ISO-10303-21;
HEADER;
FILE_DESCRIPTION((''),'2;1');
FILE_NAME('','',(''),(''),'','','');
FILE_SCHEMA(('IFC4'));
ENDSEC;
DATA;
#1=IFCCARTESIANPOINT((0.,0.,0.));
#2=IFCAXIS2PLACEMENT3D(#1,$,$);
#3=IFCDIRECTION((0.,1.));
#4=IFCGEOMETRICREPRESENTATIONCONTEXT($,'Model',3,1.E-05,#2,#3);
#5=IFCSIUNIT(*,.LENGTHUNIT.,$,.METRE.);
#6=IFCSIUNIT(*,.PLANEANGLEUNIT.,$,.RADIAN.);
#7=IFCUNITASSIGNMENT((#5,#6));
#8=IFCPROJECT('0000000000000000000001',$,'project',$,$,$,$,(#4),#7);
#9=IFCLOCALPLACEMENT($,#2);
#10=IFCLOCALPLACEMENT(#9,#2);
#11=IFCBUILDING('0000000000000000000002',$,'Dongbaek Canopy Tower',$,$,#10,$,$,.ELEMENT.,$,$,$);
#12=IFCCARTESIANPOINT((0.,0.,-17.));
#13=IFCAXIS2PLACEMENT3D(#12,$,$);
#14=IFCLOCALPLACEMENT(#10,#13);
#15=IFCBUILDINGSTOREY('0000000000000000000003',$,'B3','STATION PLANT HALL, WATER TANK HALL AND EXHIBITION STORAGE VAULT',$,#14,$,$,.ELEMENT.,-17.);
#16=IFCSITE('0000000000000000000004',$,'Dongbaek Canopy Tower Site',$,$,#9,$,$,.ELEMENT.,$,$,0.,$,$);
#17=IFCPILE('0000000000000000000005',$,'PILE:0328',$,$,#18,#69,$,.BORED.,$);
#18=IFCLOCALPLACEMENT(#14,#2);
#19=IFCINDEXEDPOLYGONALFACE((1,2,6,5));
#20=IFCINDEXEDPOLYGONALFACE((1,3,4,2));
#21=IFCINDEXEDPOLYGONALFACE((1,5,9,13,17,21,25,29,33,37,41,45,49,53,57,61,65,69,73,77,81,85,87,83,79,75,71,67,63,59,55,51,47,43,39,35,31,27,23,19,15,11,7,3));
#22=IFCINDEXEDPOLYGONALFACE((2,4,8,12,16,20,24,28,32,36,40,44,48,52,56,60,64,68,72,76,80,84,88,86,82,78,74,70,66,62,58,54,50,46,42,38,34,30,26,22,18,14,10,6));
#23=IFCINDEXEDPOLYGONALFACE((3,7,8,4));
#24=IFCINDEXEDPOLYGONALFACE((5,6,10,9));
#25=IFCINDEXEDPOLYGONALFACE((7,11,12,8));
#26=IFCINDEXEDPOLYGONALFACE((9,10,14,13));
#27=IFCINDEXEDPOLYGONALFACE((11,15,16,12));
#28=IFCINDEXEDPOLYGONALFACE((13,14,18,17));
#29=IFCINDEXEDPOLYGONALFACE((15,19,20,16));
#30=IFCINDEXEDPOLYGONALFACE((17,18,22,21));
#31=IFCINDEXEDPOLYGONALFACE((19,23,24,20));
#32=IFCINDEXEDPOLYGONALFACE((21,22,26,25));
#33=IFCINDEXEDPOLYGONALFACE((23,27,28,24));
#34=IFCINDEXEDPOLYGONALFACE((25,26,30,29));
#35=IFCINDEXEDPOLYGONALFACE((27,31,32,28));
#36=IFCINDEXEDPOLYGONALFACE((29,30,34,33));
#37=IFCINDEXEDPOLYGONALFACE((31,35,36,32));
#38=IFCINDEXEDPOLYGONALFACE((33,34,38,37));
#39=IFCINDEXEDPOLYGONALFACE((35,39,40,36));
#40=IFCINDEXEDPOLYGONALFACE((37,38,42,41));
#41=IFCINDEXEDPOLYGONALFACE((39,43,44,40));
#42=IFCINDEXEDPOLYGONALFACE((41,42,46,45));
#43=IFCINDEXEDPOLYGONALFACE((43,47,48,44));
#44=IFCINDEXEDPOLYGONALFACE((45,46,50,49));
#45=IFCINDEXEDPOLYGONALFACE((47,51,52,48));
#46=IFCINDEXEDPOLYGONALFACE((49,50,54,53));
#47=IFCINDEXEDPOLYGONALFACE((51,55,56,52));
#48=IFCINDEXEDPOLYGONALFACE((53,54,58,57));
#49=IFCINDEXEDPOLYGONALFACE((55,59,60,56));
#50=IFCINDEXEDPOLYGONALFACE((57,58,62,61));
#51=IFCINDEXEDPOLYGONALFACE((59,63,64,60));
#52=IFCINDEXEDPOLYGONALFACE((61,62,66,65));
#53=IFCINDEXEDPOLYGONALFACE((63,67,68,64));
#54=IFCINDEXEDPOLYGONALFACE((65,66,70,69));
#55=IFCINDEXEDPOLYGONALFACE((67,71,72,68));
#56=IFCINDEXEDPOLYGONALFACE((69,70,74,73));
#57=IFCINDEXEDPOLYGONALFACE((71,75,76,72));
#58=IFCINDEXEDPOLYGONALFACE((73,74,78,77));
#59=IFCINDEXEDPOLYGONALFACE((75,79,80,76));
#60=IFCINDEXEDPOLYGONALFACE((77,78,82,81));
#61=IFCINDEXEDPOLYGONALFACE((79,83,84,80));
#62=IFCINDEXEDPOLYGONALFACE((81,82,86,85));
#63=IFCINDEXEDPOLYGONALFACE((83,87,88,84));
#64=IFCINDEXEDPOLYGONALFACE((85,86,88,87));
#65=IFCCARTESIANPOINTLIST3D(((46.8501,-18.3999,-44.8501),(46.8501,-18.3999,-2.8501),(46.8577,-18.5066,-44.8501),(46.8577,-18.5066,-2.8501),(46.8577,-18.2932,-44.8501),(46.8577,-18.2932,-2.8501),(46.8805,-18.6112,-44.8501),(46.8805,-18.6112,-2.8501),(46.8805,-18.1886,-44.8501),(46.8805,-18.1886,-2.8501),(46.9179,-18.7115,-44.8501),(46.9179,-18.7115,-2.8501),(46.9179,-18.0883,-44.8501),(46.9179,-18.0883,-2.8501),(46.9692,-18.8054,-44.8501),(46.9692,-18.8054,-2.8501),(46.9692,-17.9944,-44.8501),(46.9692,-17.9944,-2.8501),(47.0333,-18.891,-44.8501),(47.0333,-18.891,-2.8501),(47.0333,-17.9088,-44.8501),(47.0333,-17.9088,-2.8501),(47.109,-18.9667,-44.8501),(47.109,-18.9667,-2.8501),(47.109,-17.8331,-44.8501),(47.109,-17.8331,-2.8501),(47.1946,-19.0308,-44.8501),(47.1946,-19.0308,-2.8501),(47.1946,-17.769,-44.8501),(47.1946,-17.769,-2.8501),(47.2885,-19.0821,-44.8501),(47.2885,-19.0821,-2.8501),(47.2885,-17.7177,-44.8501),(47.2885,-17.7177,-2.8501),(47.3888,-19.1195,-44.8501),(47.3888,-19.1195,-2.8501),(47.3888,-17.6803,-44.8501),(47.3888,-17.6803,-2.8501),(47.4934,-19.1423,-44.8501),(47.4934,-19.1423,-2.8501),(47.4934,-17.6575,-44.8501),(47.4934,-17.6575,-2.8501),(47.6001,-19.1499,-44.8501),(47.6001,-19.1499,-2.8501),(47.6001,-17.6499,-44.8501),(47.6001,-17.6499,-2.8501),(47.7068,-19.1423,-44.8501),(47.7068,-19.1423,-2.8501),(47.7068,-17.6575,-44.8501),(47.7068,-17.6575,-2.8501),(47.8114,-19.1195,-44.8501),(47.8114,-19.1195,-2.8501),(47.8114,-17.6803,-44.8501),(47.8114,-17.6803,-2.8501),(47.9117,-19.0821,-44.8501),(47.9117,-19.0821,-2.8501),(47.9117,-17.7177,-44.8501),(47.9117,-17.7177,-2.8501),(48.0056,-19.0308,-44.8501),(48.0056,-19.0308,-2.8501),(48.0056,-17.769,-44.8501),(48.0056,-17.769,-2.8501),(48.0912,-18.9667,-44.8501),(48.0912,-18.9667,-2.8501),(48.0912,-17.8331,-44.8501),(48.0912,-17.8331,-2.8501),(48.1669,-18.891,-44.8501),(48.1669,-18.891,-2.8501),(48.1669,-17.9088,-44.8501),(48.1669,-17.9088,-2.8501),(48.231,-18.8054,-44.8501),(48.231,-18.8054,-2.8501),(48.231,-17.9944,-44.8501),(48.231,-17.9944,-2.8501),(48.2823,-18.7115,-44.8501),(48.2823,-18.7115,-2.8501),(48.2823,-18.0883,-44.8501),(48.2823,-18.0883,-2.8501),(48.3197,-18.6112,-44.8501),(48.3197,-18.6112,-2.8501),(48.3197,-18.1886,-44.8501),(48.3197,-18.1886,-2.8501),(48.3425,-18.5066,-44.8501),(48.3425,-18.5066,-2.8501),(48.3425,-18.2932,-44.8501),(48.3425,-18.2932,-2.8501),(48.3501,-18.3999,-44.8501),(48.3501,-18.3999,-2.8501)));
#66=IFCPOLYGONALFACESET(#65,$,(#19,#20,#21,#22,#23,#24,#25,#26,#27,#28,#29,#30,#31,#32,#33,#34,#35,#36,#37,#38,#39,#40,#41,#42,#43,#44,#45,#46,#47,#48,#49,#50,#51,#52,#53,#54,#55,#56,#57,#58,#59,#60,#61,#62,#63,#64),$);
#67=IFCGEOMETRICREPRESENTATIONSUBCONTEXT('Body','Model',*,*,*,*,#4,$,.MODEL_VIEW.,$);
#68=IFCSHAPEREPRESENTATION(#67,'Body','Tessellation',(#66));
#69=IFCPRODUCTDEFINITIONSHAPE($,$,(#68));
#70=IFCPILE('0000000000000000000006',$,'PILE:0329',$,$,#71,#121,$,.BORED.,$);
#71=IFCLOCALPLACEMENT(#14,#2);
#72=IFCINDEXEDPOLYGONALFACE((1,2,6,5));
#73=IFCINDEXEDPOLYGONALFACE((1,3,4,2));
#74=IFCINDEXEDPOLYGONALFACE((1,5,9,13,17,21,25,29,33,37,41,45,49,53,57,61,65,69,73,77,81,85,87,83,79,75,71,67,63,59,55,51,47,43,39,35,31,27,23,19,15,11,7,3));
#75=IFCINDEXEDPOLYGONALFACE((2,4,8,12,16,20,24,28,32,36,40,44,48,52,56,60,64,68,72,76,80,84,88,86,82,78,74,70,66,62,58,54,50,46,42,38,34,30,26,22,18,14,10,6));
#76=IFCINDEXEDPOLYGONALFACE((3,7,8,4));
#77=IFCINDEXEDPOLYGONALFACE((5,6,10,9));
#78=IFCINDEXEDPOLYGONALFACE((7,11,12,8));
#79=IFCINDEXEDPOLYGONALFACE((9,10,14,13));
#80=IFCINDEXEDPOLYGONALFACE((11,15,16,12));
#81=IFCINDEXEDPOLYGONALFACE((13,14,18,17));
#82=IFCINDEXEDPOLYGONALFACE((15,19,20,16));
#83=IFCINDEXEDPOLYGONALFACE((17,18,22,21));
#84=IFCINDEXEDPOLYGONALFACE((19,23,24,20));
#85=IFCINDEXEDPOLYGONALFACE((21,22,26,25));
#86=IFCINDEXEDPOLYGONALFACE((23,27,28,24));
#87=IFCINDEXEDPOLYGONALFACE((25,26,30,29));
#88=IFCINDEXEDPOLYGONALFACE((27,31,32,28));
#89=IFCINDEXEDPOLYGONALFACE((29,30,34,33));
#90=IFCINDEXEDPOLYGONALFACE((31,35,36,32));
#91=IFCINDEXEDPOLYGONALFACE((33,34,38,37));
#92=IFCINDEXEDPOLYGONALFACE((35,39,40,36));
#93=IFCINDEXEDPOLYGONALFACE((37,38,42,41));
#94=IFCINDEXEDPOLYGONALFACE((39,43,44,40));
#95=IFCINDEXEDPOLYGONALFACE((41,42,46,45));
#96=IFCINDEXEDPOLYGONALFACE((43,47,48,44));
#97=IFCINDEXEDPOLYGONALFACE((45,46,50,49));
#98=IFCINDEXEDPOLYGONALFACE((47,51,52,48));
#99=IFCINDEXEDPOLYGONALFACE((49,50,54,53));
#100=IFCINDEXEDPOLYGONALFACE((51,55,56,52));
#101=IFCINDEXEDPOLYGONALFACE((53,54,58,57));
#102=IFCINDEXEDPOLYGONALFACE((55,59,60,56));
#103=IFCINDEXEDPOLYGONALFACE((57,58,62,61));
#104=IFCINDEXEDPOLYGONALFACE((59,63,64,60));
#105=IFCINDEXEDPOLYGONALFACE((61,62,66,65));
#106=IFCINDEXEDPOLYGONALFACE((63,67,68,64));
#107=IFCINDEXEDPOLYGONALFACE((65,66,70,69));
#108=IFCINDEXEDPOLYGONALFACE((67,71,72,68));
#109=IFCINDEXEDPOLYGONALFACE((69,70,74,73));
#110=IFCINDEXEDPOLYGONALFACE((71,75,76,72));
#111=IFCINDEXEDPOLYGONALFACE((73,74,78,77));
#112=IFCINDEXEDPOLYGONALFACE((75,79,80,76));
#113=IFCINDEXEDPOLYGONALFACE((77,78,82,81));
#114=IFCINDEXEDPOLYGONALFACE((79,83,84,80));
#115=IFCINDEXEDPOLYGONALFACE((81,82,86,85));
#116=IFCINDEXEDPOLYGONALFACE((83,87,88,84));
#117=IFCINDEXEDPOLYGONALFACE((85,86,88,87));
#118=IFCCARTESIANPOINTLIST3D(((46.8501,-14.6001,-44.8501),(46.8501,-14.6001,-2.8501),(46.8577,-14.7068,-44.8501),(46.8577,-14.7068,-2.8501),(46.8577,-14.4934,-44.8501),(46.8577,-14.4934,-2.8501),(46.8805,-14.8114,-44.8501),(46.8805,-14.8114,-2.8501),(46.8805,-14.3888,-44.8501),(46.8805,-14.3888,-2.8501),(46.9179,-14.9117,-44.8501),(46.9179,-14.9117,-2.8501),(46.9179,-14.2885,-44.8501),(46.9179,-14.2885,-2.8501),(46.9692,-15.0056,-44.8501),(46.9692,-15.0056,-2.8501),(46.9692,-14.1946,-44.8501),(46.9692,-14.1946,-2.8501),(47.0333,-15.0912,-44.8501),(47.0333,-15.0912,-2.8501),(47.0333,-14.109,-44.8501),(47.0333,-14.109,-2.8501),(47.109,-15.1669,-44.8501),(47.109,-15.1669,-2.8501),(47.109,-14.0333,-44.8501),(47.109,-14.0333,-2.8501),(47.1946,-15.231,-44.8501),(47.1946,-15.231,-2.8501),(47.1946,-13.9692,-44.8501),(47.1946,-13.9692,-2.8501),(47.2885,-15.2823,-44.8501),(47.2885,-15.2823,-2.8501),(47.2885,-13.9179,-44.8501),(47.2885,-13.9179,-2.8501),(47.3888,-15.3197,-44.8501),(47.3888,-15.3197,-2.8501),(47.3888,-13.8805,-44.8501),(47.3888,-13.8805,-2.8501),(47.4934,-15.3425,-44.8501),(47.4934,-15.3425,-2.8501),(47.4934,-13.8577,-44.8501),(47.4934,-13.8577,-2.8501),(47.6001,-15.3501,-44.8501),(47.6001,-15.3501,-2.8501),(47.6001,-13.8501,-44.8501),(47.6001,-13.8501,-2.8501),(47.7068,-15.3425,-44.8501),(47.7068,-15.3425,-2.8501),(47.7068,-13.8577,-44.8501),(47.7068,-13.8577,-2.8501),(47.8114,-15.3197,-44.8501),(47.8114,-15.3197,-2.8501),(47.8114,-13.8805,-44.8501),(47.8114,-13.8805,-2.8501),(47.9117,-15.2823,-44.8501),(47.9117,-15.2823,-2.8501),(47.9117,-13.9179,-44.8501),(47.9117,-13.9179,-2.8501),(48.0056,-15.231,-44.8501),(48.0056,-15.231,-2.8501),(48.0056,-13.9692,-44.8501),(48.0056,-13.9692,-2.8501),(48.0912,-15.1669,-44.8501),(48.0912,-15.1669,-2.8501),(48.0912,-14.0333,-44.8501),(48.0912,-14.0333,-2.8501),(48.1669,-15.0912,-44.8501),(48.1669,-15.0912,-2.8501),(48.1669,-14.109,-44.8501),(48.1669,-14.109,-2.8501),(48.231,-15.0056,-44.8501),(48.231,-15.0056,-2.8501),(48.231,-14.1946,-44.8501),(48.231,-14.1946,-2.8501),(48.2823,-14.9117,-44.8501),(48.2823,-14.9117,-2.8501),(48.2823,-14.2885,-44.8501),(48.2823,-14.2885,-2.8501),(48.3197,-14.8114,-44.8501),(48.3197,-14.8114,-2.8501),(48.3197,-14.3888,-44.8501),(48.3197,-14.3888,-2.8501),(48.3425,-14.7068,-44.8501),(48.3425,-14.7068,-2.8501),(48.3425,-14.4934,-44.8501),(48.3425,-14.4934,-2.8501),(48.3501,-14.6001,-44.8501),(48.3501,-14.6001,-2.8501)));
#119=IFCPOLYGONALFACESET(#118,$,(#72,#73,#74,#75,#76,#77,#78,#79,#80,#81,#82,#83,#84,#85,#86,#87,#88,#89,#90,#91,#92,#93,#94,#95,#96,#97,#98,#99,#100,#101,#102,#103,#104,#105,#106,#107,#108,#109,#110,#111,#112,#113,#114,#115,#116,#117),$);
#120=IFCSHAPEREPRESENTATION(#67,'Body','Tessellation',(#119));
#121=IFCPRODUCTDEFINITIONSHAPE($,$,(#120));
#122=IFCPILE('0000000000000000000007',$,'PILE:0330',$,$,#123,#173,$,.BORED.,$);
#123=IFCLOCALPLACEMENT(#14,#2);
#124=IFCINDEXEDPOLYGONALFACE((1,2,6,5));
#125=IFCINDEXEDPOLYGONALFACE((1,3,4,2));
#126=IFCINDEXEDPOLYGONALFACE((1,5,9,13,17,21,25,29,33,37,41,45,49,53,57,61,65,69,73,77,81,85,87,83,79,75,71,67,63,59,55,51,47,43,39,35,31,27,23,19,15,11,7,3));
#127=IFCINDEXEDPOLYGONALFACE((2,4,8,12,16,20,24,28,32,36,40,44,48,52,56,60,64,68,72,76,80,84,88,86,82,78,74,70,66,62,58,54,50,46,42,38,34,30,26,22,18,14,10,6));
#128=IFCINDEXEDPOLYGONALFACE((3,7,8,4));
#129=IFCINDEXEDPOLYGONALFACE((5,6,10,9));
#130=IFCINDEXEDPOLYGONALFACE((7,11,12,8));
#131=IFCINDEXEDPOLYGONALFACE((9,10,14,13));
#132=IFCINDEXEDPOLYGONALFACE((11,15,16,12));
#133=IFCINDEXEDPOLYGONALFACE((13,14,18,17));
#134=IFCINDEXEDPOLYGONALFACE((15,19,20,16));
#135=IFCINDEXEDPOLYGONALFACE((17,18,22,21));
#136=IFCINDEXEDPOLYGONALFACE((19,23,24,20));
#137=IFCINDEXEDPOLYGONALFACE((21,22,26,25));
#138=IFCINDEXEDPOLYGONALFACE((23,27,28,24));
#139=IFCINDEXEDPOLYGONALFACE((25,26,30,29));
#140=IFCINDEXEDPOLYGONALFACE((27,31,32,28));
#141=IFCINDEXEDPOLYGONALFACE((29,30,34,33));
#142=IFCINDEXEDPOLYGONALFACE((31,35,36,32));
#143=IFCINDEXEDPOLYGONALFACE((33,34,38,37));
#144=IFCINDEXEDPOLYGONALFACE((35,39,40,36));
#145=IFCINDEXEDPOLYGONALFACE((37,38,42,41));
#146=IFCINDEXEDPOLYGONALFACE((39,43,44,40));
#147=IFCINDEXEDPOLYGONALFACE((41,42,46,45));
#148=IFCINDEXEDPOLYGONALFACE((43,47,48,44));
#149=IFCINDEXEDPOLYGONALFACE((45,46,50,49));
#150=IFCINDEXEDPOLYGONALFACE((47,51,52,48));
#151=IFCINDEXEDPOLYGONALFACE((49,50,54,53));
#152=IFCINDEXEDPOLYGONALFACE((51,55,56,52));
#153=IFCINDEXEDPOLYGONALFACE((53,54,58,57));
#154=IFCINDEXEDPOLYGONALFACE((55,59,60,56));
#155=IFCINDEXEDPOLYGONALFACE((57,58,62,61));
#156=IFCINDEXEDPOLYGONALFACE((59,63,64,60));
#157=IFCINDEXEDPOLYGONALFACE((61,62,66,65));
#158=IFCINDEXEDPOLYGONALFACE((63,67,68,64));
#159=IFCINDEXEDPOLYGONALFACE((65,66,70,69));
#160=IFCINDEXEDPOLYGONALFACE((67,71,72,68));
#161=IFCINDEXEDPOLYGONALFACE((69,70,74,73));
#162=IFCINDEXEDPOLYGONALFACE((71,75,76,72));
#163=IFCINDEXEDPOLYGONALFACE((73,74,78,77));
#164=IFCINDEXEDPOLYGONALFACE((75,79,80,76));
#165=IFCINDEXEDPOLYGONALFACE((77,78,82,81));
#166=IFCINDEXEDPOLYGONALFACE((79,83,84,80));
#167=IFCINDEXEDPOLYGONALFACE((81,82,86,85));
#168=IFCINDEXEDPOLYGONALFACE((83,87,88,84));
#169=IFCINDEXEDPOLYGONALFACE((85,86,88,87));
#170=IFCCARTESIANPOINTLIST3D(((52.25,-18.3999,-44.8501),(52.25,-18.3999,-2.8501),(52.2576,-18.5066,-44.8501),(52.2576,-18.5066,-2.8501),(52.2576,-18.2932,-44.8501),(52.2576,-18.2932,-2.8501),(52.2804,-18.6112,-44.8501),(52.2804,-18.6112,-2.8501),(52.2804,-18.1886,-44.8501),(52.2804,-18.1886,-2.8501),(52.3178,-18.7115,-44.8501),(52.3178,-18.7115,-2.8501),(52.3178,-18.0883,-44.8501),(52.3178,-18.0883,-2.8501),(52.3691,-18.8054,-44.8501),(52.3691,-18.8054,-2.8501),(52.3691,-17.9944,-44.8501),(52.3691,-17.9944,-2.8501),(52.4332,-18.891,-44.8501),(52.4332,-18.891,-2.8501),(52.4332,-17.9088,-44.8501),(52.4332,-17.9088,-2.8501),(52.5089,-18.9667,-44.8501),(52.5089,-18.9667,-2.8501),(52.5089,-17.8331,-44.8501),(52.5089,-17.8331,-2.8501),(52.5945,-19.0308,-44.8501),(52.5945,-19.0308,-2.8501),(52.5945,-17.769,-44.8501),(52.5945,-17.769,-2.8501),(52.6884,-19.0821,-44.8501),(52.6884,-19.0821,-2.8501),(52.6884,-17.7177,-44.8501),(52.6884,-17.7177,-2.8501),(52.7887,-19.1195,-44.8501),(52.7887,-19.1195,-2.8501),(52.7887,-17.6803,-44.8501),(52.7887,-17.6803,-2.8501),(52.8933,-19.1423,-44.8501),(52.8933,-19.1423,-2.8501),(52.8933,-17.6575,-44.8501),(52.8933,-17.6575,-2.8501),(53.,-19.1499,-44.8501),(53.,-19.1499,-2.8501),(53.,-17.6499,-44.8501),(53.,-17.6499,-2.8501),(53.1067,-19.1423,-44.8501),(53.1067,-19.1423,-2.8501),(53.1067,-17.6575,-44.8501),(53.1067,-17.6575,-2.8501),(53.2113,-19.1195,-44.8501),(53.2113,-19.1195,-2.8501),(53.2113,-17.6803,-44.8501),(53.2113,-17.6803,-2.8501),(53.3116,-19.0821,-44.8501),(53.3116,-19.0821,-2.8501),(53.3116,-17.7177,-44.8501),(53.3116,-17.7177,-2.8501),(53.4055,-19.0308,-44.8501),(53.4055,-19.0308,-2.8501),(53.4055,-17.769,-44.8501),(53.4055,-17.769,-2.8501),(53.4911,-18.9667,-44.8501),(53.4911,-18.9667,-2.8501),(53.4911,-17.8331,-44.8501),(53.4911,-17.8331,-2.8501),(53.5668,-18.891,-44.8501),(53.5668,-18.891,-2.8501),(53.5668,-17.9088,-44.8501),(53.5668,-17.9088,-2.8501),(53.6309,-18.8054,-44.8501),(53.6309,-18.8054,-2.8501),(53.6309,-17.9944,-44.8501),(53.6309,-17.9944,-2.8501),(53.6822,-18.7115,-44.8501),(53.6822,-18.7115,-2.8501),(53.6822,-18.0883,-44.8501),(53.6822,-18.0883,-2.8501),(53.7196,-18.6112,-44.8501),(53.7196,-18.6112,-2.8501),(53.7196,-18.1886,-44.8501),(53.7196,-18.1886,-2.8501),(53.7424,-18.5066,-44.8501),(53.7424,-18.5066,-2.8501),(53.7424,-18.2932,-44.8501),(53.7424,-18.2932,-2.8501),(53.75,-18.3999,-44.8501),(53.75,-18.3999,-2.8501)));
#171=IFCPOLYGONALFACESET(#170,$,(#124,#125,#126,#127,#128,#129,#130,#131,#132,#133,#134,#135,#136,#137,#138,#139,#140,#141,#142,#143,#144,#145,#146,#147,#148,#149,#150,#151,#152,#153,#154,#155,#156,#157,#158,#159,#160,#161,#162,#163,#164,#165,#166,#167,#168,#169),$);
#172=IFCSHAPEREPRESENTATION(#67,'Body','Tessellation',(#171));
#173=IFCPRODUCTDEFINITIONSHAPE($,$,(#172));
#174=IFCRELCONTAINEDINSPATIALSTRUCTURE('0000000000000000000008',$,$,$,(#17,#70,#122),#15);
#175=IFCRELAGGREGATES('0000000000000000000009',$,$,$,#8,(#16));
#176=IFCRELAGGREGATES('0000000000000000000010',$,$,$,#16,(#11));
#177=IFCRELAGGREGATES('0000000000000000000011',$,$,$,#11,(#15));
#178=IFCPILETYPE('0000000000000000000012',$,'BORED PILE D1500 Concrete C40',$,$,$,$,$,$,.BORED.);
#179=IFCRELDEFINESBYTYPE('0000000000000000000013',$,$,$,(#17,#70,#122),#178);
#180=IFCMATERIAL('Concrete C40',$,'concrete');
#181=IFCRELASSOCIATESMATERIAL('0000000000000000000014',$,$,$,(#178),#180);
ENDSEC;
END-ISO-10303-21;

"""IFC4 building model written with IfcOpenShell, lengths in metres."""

from ifc_helpers import new_model, si_unit, direction, frame, origin, origin_2d, place, context, subcontext, project, spatial, circle, extrude, material, material_profile, profile_set, type_object, element, save


model = new_model("IFC4")

# Units and contexts
model_context = context("Model", 3, precision=1e-05, world=origin(), true_north=direction((0.0, 1.0)))
body_context = subcontext(model_context, "Body", "Model", "MODEL_VIEW")
ifc_project = project(units=[si_unit("LENGTHUNIT", "METRE"), si_unit("PLANEANGLEUNIT", "RADIAN")], contexts=[model_context])

# Site, building, storey
site_placement = place(None, origin())
site = spatial("IfcSite", under=ifc_project, at=site_placement, Name="Dongbaek Canopy Tower Site", CompositionType="ELEMENT", RefElevation=0.0)
building_placement = place(site_placement, origin())
building = spatial("IfcBuilding", under=site, at=building_placement, Name="Dongbaek Canopy Tower", CompositionType="ELEMENT")
storey_placement = place(building_placement, frame((0.0, 0.0, -17.0)))
storey = spatial("IfcBuildingStorey", under=building, at=storey_placement, Name="B3", Description="STATION PLANT HALL, WATER TANK HALL AND EXHIBITION STORAGE VAULT", CompositionType="ELEMENT", Elevation=-17.0)

# Piles
ifc_material_1 = material(Name="Concrete C40", Category="concrete")
ifc_material_profile_1 = material_profile(ifc_material_1, circle(Radius=0.75, at=origin_2d()), Name="BORED PILE D1500 Concrete C40")
ifc_profile_set_1 = profile_set([ifc_material_profile_1], Name="Concrete C40")
pile_type = type_object("IfcPileType", Name="BORED PILE D1500 Concrete C40", PredefinedType="BORED", material=ifc_profile_set_1)
for number, where, z_axis, x_axis, name in (
    (1, (47.6001, -18.3999, -2.8501), (0.0, 0.0, -1.0), (1.0, 0.0, 0.0), "PILE:0328"),
    (2, (47.6001, -14.6001, -2.8501), (0.0, 0.0, -1.0), (1.0, 0.0, 0.0), "PILE:0329"),
    (3, (53.0, -18.3999, -2.8501), (0.0, 0.0, -1.0), (1.0, 0.0, 0.0), "PILE:0330"),
):
    element("IfcPile", number, at=place(storey_placement, frame(where, z_axis=z_axis, x_axis=x_axis)), inside=storey, type_object=pile_type, Name=name, PredefinedType="BORED", context=body_context, shape_type="SweptSolid", body=[
        extrude(circle(Radius=0.75, at=origin_2d()), origin(), (0.0, 0.0, 1.0), 42.0),
    ])

save(model, "model.ifc")
